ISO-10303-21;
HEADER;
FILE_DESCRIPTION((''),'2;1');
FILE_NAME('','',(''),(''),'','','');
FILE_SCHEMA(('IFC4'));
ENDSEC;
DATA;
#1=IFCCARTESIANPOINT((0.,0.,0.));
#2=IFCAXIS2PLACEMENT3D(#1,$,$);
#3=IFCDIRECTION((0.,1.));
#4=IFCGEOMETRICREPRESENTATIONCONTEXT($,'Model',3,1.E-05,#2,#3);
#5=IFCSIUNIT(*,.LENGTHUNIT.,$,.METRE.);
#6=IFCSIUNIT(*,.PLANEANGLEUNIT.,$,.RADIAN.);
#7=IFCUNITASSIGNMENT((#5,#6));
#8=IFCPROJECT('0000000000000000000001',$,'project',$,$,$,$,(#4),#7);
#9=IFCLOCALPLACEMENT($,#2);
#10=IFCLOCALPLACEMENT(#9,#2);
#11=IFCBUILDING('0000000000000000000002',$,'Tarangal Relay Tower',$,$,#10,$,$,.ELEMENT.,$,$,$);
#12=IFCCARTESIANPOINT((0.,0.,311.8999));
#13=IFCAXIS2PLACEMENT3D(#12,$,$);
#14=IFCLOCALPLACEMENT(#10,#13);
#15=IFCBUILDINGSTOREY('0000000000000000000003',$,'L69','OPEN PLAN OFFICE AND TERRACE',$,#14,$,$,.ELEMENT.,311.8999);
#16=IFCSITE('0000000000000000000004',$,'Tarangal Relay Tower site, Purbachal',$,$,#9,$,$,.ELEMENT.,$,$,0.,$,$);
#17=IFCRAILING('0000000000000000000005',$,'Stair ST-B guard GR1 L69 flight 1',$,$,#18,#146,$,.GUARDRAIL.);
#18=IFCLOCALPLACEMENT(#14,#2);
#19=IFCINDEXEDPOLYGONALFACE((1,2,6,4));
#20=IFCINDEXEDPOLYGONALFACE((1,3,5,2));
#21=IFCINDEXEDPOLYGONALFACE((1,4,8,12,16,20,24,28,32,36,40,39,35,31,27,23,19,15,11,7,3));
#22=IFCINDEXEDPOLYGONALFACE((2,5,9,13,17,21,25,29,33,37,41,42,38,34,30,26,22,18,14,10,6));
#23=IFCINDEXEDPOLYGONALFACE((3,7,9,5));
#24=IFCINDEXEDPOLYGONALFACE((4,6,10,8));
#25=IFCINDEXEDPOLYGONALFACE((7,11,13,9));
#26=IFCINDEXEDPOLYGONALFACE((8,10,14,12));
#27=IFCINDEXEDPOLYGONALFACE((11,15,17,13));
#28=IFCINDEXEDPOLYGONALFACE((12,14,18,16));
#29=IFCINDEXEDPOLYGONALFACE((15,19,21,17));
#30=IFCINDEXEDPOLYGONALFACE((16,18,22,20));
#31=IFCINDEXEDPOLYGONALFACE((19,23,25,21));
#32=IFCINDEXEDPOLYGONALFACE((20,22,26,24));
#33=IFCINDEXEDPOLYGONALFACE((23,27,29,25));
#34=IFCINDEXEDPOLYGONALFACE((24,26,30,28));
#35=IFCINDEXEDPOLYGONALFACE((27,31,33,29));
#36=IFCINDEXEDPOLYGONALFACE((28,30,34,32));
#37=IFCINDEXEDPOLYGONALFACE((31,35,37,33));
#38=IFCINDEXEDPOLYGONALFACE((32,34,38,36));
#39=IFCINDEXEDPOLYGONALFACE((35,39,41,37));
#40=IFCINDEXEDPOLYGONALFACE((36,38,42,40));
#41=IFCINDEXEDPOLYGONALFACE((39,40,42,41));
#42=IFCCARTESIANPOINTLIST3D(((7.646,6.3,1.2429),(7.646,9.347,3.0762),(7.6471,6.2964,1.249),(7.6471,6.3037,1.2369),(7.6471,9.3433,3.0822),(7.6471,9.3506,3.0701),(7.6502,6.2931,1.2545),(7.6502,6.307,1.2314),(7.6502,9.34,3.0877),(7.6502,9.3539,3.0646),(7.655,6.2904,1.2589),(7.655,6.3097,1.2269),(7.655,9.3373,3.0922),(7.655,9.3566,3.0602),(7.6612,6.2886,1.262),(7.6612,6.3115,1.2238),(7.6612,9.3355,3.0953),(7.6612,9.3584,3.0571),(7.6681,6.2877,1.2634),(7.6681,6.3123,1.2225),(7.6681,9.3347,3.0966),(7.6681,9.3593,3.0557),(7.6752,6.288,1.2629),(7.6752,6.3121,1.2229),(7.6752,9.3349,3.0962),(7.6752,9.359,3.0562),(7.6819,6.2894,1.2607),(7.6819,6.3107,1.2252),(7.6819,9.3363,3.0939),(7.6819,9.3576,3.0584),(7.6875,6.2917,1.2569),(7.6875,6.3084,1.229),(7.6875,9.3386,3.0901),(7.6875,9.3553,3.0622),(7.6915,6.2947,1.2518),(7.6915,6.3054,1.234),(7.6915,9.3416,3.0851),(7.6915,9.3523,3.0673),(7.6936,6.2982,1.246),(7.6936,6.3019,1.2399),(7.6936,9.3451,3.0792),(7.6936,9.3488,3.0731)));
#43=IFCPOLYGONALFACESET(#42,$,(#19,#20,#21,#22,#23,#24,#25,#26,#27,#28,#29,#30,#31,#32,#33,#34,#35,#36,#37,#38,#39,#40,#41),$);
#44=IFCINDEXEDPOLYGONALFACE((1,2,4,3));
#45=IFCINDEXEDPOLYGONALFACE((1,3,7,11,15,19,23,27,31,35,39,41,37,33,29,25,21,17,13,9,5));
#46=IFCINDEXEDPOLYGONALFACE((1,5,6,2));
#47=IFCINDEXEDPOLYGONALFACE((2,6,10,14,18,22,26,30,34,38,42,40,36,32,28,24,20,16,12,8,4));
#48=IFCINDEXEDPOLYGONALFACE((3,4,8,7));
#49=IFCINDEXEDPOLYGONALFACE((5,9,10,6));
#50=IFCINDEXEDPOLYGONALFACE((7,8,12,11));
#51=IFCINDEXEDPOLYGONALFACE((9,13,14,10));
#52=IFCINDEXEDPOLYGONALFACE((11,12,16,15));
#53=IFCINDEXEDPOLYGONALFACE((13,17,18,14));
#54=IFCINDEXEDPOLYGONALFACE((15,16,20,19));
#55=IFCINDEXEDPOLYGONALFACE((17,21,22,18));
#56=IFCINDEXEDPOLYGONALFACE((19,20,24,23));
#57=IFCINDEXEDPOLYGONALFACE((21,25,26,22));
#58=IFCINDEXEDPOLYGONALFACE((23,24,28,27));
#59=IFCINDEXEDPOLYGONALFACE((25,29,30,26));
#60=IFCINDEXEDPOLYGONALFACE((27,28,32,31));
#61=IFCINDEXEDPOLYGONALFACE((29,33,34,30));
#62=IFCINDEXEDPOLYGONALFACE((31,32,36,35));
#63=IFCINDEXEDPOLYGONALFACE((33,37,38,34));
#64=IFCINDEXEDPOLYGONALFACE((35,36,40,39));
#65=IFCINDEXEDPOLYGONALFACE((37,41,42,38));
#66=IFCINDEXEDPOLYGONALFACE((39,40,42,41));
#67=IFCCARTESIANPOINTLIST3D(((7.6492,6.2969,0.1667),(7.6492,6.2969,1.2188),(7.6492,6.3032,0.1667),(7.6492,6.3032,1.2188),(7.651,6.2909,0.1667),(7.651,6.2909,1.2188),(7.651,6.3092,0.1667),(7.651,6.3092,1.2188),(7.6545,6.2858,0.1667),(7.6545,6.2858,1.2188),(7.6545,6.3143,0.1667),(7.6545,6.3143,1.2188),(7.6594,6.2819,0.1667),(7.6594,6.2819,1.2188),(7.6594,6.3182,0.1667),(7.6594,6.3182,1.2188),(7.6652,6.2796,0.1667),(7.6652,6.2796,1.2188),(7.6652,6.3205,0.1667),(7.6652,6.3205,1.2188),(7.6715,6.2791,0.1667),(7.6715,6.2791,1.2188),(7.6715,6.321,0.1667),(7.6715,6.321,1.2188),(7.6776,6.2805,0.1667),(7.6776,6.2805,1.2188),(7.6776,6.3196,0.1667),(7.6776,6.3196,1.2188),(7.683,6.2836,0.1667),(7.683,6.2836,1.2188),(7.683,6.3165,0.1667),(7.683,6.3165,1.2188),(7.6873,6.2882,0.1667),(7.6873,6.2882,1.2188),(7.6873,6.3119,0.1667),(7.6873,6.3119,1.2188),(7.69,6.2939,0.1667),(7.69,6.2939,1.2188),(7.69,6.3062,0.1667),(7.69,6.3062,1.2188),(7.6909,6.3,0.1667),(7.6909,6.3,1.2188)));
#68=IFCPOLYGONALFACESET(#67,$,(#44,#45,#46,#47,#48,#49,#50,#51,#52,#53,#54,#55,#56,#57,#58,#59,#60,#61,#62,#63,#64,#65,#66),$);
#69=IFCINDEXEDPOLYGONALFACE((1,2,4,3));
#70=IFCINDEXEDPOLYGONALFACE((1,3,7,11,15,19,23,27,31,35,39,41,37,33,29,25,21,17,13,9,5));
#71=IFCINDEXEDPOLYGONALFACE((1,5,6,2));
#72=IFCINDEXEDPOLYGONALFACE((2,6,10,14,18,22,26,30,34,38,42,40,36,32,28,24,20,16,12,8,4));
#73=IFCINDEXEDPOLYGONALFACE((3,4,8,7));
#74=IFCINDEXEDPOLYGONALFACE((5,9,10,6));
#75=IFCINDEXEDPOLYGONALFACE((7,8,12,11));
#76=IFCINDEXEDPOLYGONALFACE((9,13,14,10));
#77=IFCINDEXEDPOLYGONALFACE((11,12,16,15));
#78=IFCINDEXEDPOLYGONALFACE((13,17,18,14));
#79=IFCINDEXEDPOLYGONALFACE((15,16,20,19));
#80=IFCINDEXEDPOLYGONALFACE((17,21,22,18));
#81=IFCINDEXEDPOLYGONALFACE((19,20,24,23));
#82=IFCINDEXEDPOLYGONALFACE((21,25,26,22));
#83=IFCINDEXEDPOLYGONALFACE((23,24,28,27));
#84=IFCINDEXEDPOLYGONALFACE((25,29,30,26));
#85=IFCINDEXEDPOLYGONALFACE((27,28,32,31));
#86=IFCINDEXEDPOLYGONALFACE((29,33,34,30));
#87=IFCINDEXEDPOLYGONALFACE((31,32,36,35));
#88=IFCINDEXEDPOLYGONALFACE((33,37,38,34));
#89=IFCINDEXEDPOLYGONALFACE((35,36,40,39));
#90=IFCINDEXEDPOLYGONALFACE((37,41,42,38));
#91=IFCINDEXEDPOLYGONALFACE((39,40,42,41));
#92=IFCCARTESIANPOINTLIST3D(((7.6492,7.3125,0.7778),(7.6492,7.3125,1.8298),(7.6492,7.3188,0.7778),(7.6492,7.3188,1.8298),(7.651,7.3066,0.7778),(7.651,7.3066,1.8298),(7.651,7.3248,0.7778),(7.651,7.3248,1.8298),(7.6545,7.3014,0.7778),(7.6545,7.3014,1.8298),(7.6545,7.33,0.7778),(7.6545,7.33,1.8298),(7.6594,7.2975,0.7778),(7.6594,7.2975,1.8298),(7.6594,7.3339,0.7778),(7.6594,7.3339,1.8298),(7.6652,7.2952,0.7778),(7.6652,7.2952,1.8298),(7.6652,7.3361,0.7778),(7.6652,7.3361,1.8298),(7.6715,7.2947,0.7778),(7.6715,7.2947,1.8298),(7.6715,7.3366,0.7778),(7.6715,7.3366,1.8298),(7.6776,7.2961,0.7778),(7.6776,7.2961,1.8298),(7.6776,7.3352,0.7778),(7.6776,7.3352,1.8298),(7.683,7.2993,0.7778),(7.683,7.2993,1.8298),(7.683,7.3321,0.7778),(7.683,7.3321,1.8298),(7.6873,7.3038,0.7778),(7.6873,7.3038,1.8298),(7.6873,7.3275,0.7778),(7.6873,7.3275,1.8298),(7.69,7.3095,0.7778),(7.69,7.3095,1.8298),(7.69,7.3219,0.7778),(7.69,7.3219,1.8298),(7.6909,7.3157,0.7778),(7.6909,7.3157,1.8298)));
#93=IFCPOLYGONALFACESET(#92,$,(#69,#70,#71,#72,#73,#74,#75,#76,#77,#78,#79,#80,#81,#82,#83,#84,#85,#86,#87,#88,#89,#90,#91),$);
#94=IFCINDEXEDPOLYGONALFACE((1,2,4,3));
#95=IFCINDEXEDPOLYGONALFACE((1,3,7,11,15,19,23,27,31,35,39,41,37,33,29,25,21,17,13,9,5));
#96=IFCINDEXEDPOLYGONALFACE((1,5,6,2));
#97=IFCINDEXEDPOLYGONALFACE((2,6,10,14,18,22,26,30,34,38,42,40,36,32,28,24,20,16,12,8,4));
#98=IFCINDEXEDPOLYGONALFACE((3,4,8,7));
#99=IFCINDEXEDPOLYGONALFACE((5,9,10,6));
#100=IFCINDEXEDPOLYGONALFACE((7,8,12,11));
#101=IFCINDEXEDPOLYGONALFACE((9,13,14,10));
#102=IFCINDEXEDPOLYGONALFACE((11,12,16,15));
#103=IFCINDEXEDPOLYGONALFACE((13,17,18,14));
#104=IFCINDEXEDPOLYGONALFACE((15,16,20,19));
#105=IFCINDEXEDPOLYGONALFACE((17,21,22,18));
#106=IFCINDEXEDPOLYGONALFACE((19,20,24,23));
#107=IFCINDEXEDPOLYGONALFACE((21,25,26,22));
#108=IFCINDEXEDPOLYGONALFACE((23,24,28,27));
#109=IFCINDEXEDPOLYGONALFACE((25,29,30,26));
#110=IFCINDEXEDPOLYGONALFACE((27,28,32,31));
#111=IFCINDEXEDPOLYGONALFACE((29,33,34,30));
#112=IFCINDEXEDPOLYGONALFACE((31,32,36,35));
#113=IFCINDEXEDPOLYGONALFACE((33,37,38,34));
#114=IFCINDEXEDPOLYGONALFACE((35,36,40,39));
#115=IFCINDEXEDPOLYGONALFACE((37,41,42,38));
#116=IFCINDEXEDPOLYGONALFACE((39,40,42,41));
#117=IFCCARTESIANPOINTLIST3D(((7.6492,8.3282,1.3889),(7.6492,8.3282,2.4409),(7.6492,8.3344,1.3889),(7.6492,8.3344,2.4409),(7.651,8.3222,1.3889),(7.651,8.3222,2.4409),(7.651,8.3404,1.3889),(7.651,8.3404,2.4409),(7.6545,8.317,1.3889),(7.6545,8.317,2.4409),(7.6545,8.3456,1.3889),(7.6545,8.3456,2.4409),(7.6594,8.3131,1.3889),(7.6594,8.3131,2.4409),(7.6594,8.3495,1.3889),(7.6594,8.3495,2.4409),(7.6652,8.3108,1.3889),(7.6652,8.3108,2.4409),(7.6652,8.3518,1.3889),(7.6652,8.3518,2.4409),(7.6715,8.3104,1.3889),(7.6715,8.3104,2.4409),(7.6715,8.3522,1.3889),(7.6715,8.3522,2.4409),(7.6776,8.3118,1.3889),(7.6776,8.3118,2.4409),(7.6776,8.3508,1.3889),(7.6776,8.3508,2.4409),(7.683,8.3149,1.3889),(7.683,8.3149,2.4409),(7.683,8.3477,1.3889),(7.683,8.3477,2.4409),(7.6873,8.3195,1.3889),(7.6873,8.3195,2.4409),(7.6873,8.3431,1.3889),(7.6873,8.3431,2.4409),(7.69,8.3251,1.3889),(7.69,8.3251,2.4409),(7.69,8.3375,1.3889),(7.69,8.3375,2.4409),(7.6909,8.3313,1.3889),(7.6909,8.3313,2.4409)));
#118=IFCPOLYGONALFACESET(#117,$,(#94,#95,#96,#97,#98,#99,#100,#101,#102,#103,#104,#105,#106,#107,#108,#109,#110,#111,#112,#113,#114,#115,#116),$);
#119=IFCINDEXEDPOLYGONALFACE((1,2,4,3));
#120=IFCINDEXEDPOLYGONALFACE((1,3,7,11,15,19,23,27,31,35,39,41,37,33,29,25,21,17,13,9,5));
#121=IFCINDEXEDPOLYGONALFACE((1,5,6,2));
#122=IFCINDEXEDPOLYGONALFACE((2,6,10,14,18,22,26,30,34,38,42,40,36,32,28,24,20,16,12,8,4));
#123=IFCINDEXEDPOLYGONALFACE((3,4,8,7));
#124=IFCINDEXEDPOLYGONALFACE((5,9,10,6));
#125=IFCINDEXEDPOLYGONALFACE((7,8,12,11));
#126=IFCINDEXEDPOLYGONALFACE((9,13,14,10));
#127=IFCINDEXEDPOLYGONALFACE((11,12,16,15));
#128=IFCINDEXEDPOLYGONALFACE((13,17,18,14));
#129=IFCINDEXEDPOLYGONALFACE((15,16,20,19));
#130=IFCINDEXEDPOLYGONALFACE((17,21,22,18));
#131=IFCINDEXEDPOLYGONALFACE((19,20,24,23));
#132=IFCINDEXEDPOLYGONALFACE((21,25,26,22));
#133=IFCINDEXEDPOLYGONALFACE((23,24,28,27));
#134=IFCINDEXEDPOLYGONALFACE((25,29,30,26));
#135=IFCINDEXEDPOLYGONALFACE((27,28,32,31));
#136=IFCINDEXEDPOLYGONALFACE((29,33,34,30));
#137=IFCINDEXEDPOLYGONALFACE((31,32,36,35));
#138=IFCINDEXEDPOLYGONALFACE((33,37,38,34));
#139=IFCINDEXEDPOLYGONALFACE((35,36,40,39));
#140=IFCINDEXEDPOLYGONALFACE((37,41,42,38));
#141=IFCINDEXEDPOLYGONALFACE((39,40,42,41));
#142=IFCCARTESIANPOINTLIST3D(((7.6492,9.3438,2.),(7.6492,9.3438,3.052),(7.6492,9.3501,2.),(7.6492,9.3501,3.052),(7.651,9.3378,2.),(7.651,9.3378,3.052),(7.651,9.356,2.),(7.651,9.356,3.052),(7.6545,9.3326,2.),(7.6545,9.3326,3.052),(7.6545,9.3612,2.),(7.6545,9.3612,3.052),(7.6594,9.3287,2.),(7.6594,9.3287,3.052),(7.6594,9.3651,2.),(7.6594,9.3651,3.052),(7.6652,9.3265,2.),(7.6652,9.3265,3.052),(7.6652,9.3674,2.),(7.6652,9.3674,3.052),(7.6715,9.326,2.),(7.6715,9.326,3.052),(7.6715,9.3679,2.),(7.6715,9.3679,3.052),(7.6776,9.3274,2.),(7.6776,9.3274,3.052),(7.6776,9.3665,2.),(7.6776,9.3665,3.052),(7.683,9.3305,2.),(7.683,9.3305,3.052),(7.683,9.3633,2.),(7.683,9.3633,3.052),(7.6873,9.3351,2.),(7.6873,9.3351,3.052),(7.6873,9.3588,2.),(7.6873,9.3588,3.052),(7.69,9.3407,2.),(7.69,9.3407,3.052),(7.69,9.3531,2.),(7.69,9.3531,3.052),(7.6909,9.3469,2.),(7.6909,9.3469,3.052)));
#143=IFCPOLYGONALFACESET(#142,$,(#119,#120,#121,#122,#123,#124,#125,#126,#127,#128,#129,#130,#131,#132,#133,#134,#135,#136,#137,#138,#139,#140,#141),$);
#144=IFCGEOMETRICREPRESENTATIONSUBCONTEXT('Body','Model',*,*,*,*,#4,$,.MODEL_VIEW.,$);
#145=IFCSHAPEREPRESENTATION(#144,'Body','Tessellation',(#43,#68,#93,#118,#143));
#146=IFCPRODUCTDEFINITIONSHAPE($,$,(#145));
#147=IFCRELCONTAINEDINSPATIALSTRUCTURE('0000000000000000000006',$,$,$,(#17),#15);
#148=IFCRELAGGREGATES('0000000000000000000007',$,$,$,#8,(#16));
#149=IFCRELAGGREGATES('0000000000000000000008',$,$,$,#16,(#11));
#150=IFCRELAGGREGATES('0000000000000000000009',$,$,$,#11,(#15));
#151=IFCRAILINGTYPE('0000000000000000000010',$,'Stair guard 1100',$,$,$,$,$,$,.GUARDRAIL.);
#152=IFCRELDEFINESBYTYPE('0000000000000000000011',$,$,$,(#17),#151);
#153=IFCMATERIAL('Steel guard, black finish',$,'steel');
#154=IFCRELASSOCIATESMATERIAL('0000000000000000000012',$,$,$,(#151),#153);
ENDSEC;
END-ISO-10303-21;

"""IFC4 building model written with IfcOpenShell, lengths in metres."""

from ifc_helpers import new_model, si_unit, direction, frame, origin, origin_2d, place, context, subcontext, project, spatial, circle, extrude, material, type_object, element, save


model = new_model("IFC4")

# Units and contexts
model_context = context("Model", 3, precision=1e-05, world=origin(), true_north=direction((0.0, 1.0)))
body_context = subcontext(model_context, "Body", "Model", "MODEL_VIEW")
ifc_project = project(units=[si_unit("LENGTHUNIT", "METRE"), si_unit("PLANEANGLEUNIT", "RADIAN")], contexts=[model_context])

# Site, building, storey
site_placement = place(None, origin())
site = spatial("IfcSite", under=ifc_project, at=site_placement, Name="Tarangal Relay Tower site, Purbachal", CompositionType="ELEMENT", RefElevation=0.0)
building_placement = place(site_placement, origin())
building = spatial("IfcBuilding", under=site, at=building_placement, Name="Tarangal Relay Tower", CompositionType="ELEMENT")
storey_placement = place(building_placement, frame((0.0, 0.0, 311.8999)))
storey = spatial("IfcBuildingStorey", under=building, at=storey_placement, Name="L69", Description="OPEN PLAN OFFICE AND TERRACE", CompositionType="ELEMENT", Elevation=311.8999)

# Railing
ifc_material_1 = material(Name="Steel guard, black finish", Category="steel")
railing_type_1 = type_object("IfcRailingType", Name="Stair guard 1100", PredefinedType="GUARDRAIL", material=ifc_material_1)
railing_1_placement = place(storey_placement, frame((7.6699, 6.3, 0.1667)))
element("IfcRailing", 1, at=railing_1_placement, inside=storey, type_object=railing_type_1, Name="Stair ST-B guard GR1 L69 flight 1", PredefinedType="GUARDRAIL", context=body_context, shape_type="SweptSolid", body=[
    extrude(circle(Radius=0.0239, at=origin_2d()), frame((0.0, 0.0, 1.0762), z_axis=(0.0, 0.856856, 0.515556), x_axis=(-1.0, 0.0, 0.0)), (0.0, 0.0, 1.0), 3.5559),
    extrude(circle(Radius=0.021, at=origin_2d()), origin(), (0.0, 0.0, 1.0), 1.052),
    extrude(circle(Radius=0.021, at=origin_2d()), frame((0.0, 1.0156, 0.6111)), (0.0, 0.0, 1.0), 1.052),
    extrude(circle(Radius=0.021, at=origin_2d()), frame((0.0, 2.0312, 1.2222)), (0.0, 0.0, 1.0), 1.052),
    extrude(circle(Radius=0.021, at=origin_2d()), frame((0.0, 3.0469, 1.8333)), (0.0, 0.0, 1.0), 1.052),
])

save(model, "model.ifc")
